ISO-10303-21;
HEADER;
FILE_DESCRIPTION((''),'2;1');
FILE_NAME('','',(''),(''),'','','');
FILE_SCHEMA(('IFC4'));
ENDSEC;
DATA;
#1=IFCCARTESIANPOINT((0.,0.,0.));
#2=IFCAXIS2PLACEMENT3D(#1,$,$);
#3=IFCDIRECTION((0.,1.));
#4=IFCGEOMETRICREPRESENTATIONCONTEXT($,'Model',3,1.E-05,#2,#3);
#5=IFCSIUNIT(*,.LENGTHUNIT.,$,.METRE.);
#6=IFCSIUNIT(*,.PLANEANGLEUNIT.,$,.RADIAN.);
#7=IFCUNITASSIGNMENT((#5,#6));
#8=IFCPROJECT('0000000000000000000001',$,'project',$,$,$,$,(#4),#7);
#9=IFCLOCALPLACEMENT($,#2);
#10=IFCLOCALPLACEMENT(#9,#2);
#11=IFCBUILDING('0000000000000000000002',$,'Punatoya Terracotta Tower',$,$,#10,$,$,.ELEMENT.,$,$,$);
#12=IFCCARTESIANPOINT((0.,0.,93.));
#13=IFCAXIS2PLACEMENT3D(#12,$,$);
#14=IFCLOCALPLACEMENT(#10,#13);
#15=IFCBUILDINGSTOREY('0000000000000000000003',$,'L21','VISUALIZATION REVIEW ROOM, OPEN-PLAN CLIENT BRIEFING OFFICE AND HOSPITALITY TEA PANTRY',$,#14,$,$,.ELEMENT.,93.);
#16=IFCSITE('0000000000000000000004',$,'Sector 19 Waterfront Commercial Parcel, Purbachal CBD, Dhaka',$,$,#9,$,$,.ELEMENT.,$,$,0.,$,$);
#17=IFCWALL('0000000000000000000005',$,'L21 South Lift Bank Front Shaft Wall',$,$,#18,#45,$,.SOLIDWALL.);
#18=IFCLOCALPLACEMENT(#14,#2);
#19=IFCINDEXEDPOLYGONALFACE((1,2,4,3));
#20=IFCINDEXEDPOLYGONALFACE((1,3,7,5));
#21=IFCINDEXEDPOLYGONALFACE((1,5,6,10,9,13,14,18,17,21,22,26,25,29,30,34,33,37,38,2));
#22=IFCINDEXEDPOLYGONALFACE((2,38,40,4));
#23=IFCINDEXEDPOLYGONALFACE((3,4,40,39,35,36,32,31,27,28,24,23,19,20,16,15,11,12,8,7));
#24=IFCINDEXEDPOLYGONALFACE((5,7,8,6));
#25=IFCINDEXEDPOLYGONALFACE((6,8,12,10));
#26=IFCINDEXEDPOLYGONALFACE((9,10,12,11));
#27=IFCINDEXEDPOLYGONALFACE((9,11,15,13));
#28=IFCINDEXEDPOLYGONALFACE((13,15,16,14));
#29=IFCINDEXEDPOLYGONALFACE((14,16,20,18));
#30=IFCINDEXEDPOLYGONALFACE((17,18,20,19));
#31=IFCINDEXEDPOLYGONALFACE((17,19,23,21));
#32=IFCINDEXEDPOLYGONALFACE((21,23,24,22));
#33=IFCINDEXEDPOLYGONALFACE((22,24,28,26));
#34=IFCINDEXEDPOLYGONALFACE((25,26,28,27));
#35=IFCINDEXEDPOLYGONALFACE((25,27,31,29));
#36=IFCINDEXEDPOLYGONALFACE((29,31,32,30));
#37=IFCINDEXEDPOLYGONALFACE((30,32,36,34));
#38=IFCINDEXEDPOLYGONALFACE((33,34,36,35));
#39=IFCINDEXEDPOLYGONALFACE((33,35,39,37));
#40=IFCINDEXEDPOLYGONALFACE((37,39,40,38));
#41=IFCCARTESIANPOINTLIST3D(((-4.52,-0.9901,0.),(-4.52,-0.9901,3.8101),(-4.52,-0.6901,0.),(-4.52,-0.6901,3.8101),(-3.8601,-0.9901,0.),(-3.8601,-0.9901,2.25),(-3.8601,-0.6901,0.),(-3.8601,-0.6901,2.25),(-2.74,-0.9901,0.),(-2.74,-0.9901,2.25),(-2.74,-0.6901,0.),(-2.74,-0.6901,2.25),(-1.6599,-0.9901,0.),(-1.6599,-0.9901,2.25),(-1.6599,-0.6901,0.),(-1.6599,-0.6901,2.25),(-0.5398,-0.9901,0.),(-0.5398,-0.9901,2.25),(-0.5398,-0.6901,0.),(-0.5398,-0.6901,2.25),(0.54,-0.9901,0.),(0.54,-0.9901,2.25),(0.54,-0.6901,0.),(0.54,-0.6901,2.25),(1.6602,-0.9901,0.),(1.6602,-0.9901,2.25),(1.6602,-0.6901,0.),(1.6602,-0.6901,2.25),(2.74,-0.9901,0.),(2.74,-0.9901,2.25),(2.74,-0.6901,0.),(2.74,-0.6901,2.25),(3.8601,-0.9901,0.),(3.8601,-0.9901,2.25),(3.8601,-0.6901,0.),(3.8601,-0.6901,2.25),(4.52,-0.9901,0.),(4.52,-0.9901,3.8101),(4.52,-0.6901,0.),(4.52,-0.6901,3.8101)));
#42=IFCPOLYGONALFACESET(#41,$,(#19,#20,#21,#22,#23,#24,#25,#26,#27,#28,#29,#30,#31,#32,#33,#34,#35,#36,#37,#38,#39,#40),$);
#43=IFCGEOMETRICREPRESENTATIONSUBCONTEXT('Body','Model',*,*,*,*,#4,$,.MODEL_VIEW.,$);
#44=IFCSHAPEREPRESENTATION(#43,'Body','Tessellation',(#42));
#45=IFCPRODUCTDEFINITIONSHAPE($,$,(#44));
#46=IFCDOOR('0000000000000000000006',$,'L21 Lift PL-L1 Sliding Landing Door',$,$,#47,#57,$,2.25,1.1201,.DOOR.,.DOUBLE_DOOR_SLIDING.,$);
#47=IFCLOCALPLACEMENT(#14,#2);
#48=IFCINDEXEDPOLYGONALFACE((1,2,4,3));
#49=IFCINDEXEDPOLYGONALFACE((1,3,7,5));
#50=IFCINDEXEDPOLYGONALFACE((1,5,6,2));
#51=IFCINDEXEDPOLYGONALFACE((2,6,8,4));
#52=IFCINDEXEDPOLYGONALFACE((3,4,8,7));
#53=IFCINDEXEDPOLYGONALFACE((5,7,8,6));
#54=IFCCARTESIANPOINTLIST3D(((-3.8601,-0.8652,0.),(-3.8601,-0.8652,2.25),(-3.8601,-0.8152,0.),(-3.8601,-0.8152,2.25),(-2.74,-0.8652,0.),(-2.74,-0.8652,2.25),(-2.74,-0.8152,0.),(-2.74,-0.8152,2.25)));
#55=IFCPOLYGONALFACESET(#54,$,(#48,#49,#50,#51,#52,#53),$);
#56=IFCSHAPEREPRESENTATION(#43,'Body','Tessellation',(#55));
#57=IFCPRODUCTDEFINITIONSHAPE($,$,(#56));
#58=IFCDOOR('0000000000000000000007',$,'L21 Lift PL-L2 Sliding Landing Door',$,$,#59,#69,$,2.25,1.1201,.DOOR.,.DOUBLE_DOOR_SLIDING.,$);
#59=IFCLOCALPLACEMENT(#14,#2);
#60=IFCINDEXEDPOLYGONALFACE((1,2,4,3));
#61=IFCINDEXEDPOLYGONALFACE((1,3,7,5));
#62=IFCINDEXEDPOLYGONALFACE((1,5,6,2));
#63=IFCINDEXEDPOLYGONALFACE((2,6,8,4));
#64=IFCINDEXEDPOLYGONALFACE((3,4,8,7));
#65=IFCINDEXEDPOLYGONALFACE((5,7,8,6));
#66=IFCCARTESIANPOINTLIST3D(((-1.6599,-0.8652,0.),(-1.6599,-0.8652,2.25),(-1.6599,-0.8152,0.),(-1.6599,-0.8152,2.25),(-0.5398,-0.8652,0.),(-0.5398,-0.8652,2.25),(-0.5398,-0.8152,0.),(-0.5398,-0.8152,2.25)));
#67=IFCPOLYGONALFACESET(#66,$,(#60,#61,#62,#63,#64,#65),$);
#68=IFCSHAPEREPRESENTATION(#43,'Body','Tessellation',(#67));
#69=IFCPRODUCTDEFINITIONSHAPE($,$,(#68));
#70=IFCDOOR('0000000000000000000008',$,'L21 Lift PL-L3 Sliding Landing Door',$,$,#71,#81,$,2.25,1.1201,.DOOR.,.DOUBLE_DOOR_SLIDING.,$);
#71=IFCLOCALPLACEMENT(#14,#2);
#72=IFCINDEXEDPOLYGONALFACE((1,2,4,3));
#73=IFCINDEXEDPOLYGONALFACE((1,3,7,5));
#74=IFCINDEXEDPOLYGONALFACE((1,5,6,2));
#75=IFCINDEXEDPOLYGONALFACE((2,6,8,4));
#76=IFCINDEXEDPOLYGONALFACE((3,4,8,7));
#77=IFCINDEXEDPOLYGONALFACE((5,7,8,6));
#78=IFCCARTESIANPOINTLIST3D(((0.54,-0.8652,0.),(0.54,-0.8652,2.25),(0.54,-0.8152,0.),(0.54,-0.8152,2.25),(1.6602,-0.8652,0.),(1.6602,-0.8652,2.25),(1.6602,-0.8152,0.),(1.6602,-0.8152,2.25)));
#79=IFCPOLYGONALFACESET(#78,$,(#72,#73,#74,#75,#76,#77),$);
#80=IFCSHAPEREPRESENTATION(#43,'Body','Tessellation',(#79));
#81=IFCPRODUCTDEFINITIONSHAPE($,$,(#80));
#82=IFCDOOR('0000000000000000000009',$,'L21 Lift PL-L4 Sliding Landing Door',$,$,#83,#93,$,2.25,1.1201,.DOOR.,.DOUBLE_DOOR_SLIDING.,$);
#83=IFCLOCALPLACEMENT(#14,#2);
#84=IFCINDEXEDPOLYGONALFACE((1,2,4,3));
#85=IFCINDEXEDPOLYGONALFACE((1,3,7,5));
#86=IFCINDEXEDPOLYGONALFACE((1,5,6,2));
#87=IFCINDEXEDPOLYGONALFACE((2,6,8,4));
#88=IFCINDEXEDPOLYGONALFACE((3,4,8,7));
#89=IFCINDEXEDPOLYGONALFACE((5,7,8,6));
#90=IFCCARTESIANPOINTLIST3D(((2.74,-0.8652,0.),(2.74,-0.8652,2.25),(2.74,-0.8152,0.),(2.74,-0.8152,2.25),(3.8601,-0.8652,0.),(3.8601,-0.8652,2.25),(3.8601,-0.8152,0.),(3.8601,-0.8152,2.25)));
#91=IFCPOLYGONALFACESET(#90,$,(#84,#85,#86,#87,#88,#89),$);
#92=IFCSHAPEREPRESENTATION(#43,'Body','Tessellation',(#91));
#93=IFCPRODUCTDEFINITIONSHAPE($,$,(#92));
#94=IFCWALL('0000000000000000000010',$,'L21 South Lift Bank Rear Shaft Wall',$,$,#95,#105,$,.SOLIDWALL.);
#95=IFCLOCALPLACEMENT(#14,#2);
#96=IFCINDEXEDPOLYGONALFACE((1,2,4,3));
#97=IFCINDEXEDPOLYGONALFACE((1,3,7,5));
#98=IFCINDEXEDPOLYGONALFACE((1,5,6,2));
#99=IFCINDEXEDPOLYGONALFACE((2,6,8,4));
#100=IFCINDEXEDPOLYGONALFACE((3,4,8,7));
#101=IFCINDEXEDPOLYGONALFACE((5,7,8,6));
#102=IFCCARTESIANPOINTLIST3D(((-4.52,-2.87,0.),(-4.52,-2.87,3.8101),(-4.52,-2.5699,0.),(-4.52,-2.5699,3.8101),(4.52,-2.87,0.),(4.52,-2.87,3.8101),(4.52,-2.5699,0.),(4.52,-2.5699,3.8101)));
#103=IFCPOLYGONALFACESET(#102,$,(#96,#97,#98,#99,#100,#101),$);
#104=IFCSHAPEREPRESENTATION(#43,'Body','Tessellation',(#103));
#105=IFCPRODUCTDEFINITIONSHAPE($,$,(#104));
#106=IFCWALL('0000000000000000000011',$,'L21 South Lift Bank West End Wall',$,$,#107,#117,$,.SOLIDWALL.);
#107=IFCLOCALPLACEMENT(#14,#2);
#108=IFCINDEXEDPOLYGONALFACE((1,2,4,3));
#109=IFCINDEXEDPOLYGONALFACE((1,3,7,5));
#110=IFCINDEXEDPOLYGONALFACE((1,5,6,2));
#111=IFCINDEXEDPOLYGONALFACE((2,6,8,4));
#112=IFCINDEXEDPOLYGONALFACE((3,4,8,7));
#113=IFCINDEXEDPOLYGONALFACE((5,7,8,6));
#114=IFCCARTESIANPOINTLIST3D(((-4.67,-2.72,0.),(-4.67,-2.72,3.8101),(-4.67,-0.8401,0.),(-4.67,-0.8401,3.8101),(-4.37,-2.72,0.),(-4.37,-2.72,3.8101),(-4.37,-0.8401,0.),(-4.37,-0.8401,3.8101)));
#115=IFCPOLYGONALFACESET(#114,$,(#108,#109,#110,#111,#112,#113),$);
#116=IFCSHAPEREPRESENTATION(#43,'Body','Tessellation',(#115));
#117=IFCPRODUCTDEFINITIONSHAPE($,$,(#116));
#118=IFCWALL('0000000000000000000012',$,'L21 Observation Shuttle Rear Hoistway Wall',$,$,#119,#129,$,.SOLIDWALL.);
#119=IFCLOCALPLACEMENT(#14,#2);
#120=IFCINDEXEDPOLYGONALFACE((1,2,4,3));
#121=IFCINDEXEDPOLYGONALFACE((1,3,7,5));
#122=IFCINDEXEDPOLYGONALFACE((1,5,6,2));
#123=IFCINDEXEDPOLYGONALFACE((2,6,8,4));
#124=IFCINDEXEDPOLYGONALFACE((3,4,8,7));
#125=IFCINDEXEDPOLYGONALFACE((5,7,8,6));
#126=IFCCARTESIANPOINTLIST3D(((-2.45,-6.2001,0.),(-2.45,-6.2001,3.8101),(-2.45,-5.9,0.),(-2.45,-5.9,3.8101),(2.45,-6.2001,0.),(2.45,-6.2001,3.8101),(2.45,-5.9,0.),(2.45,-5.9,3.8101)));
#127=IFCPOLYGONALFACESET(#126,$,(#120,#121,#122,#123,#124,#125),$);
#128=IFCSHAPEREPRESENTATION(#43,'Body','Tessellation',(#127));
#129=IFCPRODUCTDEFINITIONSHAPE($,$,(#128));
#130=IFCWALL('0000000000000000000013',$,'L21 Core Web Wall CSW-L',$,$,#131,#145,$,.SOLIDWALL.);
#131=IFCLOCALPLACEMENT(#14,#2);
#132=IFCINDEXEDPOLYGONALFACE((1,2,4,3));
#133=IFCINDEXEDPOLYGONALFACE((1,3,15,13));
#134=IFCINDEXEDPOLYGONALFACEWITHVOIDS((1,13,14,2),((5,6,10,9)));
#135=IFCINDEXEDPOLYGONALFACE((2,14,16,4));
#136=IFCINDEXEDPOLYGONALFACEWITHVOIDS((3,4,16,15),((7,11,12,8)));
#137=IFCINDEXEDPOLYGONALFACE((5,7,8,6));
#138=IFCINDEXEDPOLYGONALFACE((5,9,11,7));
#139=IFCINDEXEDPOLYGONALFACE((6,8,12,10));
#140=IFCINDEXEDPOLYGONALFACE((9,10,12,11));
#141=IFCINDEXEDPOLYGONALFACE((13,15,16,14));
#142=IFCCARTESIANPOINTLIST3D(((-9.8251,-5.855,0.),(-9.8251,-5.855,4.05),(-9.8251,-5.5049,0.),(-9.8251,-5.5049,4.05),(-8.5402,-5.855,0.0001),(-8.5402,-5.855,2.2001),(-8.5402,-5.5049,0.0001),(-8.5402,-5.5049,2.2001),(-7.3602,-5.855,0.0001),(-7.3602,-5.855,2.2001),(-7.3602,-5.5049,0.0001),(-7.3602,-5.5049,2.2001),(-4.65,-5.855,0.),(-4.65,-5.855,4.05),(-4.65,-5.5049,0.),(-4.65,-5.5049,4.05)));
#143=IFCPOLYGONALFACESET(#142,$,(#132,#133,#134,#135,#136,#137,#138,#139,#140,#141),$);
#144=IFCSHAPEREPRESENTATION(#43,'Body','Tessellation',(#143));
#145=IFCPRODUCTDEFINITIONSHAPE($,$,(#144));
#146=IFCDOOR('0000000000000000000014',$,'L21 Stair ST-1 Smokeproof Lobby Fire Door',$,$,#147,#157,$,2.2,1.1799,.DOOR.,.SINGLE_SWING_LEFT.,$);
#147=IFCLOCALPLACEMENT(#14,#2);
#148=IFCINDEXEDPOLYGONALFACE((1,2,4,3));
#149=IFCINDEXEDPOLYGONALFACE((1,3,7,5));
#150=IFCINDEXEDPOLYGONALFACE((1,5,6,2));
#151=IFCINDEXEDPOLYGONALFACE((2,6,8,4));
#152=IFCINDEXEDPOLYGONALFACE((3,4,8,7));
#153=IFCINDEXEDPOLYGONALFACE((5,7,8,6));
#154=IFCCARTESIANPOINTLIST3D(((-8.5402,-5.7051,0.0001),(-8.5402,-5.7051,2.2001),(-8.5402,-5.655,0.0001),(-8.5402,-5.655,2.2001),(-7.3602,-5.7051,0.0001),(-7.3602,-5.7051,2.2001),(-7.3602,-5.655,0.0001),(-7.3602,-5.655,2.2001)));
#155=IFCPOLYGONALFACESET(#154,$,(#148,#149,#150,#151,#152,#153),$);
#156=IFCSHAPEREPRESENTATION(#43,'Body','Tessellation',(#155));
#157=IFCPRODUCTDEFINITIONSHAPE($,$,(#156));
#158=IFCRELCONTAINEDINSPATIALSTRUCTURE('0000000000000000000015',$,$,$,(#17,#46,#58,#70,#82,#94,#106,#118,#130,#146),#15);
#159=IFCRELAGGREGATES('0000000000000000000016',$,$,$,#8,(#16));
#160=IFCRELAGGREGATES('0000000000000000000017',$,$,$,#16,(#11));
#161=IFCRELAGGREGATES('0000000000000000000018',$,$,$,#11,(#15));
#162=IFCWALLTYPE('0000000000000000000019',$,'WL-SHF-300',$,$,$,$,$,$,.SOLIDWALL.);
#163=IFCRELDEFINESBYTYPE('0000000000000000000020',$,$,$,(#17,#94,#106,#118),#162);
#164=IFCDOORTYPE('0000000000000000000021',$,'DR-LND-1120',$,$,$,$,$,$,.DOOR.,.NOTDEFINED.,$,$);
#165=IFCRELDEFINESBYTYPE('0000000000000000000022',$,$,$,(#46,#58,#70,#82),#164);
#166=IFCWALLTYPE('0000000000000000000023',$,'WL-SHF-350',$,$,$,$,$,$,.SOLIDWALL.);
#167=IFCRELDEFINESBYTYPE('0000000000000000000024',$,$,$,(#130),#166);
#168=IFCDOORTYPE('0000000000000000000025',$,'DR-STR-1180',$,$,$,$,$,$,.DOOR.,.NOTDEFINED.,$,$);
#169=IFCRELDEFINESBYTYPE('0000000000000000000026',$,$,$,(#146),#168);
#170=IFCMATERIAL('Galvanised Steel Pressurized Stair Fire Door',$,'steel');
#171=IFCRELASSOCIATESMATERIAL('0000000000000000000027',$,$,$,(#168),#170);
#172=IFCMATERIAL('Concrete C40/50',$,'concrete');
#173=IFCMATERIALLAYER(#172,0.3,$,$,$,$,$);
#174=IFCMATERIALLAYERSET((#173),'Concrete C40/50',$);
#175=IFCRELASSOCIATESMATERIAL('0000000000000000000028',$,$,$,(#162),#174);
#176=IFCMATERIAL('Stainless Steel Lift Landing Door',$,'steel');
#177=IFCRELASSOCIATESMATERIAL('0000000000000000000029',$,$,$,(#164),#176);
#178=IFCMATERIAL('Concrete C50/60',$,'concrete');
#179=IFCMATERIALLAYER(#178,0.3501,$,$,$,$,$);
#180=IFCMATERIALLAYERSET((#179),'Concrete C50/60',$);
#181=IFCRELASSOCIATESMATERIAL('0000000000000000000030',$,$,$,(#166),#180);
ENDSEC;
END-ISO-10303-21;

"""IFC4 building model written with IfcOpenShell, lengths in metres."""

from ifc_helpers import new_model, si_unit, direction, frame, frame_2d, origin, place, context, subcontext, project, spatial, rectangle, extrude, material, layer, layer_set, type_object, element, fill, save


model = new_model("IFC4")

# Units and contexts
model_context = context("Model", 3, precision=1e-05, world=origin(), true_north=direction((0.0, 1.0)))
body_context = subcontext(model_context, "Body", "Model", "MODEL_VIEW")
ifc_project = project(units=[si_unit("LENGTHUNIT", "METRE"), si_unit("PLANEANGLEUNIT", "RADIAN")], contexts=[model_context])

# Site, building, storey
site_placement = place(None, origin())
site = spatial("IfcSite", under=ifc_project, at=site_placement, Name="Sector 19 Waterfront Commercial Parcel, Purbachal CBD, Dhaka", CompositionType="ELEMENT", RefElevation=0.0)
building_placement = place(site_placement, origin())
building = spatial("IfcBuilding", under=site, at=building_placement, Name="Punatoya Terracotta Tower", CompositionType="ELEMENT")
storey_placement = place(building_placement, frame((0.0, 0.0, 93.0)))
storey = spatial("IfcBuildingStorey", under=building, at=storey_placement, Name="L21", Description="VISUALIZATION REVIEW ROOM, OPEN-PLAN CLIENT BRIEFING OFFICE AND HOSPITALITY TEA PANTRY", CompositionType="ELEMENT", Elevation=93.0)

# Shared definitions
ifc_material_1 = material(Name="Concrete C40/50", Category="concrete")

# Shared definitions
ifc_material_2 = material(Name="Galvanised Steel Pressurized Stair Fire Door", Category="steel")
door_type_1 = type_object("IfcDoorType", Name="DR-STR-1180", OperationType="NOTDEFINED", PredefinedType="DOOR", material=ifc_material_2)

# Shared definitions
ifc_layer_1 = layer(ifc_material_1, 0.3)
ifc_layer_set_1 = layer_set([ifc_layer_1], Name="Concrete C40/50")
wall_type_1 = type_object("IfcWallType", Name="WL-SHF-300", PredefinedType="SOLIDWALL", material=ifc_layer_set_1)

# Shared definitions
ifc_material_3 = material(Name="Stainless Steel Lift Landing Door", Category="steel")
door_type_2 = type_object("IfcDoorType", Name="DR-LND-1120", OperationType="NOTDEFINED", PredefinedType="DOOR", material=ifc_material_3)

# Wall, openings, doors
wall_1_placement = place(storey_placement, frame((-4.52, -0.8401, 0.0), z_axis=(0.0, 0.0, 1.0), x_axis=(1.0, 0.0, 0.0)))
wall_1 = element("IfcWall", 1, at=wall_1_placement, inside=storey, type_object=wall_type_1, Name="L21 South Lift Bank Front Shaft Wall", PredefinedType="SOLIDWALL", context=body_context, shape_type="SweptSolid", body=[
    extrude(rectangle(XDim=9.04, YDim=0.3, at=frame_2d((4.52, 0.0))), origin(), (0.0, 0.0, 1.0), 3.8101),
])
opening_1_placement = place(wall_1_placement, frame((0.6599, 0.0, 0.0)))
opening_1 = element("IfcOpeningElement", 2, at=opening_1_placement, cuts=wall_1, PredefinedType="OPENING", context=body_context, shape_type="SweptSolid", body=[
    extrude(rectangle(XDim=1.1201, YDim=2.25, at=frame_2d((0.5601, 1.125))), frame((0.0, 0.1599, 0.0), z_axis=(0.0, -1.0, 0.0), x_axis=(1.0, 0.0, 0.0)), (0.0, 0.0, 1.0), 0.3201),
])
opening_2_placement = place(wall_1_placement, frame((2.8601, 0.0, 0.0)))
opening_2 = element("IfcOpeningElement", 3, at=opening_2_placement, cuts=wall_1, PredefinedType="OPENING", context=body_context, shape_type="SweptSolid", body=[
    extrude(rectangle(XDim=1.1201, YDim=2.25, at=frame_2d((0.5601, 1.125))), frame((0.0, 0.1599, 0.0), z_axis=(0.0, -1.0, 0.0), x_axis=(1.0, 0.0, 0.0)), (0.0, 0.0, 1.0), 0.3201),
])
opening_3_placement = place(wall_1_placement, frame((5.0601, 0.0, 0.0)))
opening_3 = element("IfcOpeningElement", 4, at=opening_3_placement, cuts=wall_1, PredefinedType="OPENING", context=body_context, shape_type="SweptSolid", body=[
    extrude(rectangle(XDim=1.1201, YDim=2.25, at=frame_2d((0.5601, 1.125))), frame((0.0, 0.1599, 0.0), z_axis=(0.0, -1.0, 0.0), x_axis=(1.0, 0.0, 0.0)), (0.0, 0.0, 1.0), 0.3201),
])
opening_4_placement = place(wall_1_placement, frame((7.26, 0.0, 0.0)))
opening_4 = element("IfcOpeningElement", 5, at=opening_4_placement, cuts=wall_1, PredefinedType="OPENING", context=body_context, shape_type="SweptSolid", body=[
    extrude(rectangle(XDim=1.1201, YDim=2.25, at=frame_2d((0.5601, 1.125))), frame((0.0, 0.1599, 0.0), z_axis=(0.0, -1.0, 0.0), x_axis=(1.0, 0.0, 0.0)), (0.0, 0.0, 1.0), 0.3201),
])
door_1_placement = place(opening_1_placement, origin())
door_1 = element("IfcDoor", 6, at=door_1_placement, inside=storey, type_object=door_type_2, Name="L21 Lift PL-L1 Sliding Landing Door", OperationType="DOUBLE_DOOR_SLIDING", OverallHeight=2.25, OverallWidth=1.1201, PredefinedType="DOOR", context=body_context, shape_type="SweptSolid", body=[
    extrude(rectangle(XDim=1.1201, YDim=2.25, at=frame_2d((0.5601, 1.125))), frame((0.0, 0.0249, 0.0), z_axis=(0.0, -1.0, 0.0), x_axis=(1.0, 0.0, 0.0)), (0.0, 0.0, 1.0), 0.05),
])
fill(opening_1, door_1)
door_2_placement = place(opening_2_placement, origin())
door_2 = element("IfcDoor", 7, at=door_2_placement, inside=storey, type_object=door_type_2, Name="L21 Lift PL-L2 Sliding Landing Door", OperationType="DOUBLE_DOOR_SLIDING", OverallHeight=2.25, OverallWidth=1.1201, PredefinedType="DOOR", context=body_context, shape_type="SweptSolid", body=[
    extrude(rectangle(XDim=1.1201, YDim=2.25, at=frame_2d((0.5601, 1.125))), frame((0.0, 0.0249, 0.0), z_axis=(0.0, -1.0, 0.0), x_axis=(1.0, 0.0, 0.0)), (0.0, 0.0, 1.0), 0.05),
])
fill(opening_2, door_2)
door_3_placement = place(opening_3_placement, origin())
door_3 = element("IfcDoor", 8, at=door_3_placement, inside=storey, type_object=door_type_2, Name="L21 Lift PL-L3 Sliding Landing Door", OperationType="DOUBLE_DOOR_SLIDING", OverallHeight=2.25, OverallWidth=1.1201, PredefinedType="DOOR", context=body_context, shape_type="SweptSolid", body=[
    extrude(rectangle(XDim=1.1201, YDim=2.25, at=frame_2d((0.5601, 1.125))), frame((0.0, 0.0249, 0.0), z_axis=(0.0, -1.0, 0.0), x_axis=(1.0, 0.0, 0.0)), (0.0, 0.0, 1.0), 0.05),
])
fill(opening_3, door_3)
door_4_placement = place(opening_4_placement, origin())
door_4 = element("IfcDoor", 9, at=door_4_placement, inside=storey, type_object=door_type_2, Name="L21 Lift PL-L4 Sliding Landing Door", OperationType="DOUBLE_DOOR_SLIDING", OverallHeight=2.25, OverallWidth=1.1201, PredefinedType="DOOR", context=body_context, shape_type="SweptSolid", body=[
    extrude(rectangle(XDim=1.1201, YDim=2.25, at=frame_2d((0.5601, 1.125))), frame((0.0, 0.0249, 0.0), z_axis=(0.0, -1.0, 0.0), x_axis=(1.0, 0.0, 0.0)), (0.0, 0.0, 1.0), 0.05),
])
fill(opening_4, door_4)

# Walls
wall_2_placement = place(storey_placement, frame((-4.52, -2.72, 0.0), z_axis=(0.0, 0.0, 1.0), x_axis=(1.0, 0.0, 0.0)))
element("IfcWall", 10, at=wall_2_placement, inside=storey, type_object=wall_type_1, Name="L21 South Lift Bank Rear Shaft Wall", PredefinedType="SOLIDWALL", context=body_context, shape_type="SweptSolid", body=[
    extrude(rectangle(XDim=9.04, YDim=0.3, at=frame_2d((4.52, 0.0))), origin(), (0.0, 0.0, 1.0), 3.8101),
])
wall_3_placement = place(storey_placement, frame((-4.52, -2.72, 0.0), z_axis=(0.0, 0.0, 1.0), x_axis=(0.0, 1.0, 0.0)))
element("IfcWall", 11, at=wall_3_placement, inside=storey, type_object=wall_type_1, Name="L21 South Lift Bank West End Wall", PredefinedType="SOLIDWALL", context=body_context, shape_type="SweptSolid", body=[
    extrude(rectangle(XDim=1.8799, YDim=0.3, at=frame_2d((0.9399, 0.0))), origin(), (0.0, 0.0, 1.0), 3.8101),
])
wall_4_placement = place(storey_placement, frame((-2.45, -6.05, 0.0), z_axis=(0.0, 0.0, 1.0), x_axis=(1.0, 0.0, 0.0)))
element("IfcWall", 12, at=wall_4_placement, inside=storey, type_object=wall_type_1, Name="L21 Observation Shuttle Rear Hoistway Wall", PredefinedType="SOLIDWALL", context=body_context, shape_type="SweptSolid", body=[
    extrude(rectangle(XDim=4.8999, YDim=0.3, at=frame_2d((2.45, 0.0))), origin(), (0.0, 0.0, 1.0), 3.8101),
])

# Wall, opening, door
ifc_material_4 = material(Name="Concrete C50/60", Category="concrete")
ifc_layer_2 = layer(ifc_material_4, 0.3501)
ifc_layer_set_2 = layer_set([ifc_layer_2], Name="Concrete C50/60")
wall_type_2 = type_object("IfcWallType", Name="WL-SHF-350", PredefinedType="SOLIDWALL", material=ifc_layer_set_2)
wall_5_placement = place(storey_placement, frame((-9.825, -5.6799, 0.0), z_axis=(0.0, 0.0, 1.0), x_axis=(1.0, 0.0, 0.0)))
wall_5 = element("IfcWall", 13, at=wall_5_placement, inside=storey, type_object=wall_type_2, Name="L21 Core Web Wall CSW-L", PredefinedType="SOLIDWALL", context=body_context, shape_type="SweptSolid", body=[
    extrude(rectangle(XDim=5.175, YDim=0.3501, at=frame_2d((2.5874, 0.0))), origin(), (0.0, 0.0, 1.0), 4.05),
])
opening_5_placement = place(wall_5_placement, frame((1.2849, 0.0, 0.0)))
opening_5 = element("IfcOpeningElement", 14, at=opening_5_placement, cuts=wall_5, PredefinedType="OPENING", context=body_context, shape_type="SweptSolid", body=[
    extrude(rectangle(XDim=1.1799, YDim=2.2, at=frame_2d((0.5898, 1.1001))), frame((0.0, 0.1851, 0.0), z_axis=(0.0, -1.0, 0.0), x_axis=(1.0, 0.0, 0.0)), (0.0, 0.0, 1.0), 0.3701),
])
door_5_placement = place(opening_5_placement, origin())
door_5 = element("IfcDoor", 15, at=door_5_placement, inside=storey, type_object=door_type_1, Name="L21 Stair ST-1 Smokeproof Lobby Fire Door", OperationType="SINGLE_SWING_LEFT", OverallHeight=2.2, OverallWidth=1.1799, PredefinedType="DOOR", context=body_context, shape_type="SweptSolid", body=[
    extrude(rectangle(XDim=1.1799, YDim=2.2, at=frame_2d((0.5898, 1.1001))), frame((0.0, 0.0249, 0.0), z_axis=(0.0, -1.0, 0.0), x_axis=(1.0, 0.0, 0.0)), (0.0, 0.0, 1.0), 0.05),
])
fill(opening_5, door_5)

save(model, "model.ifc")
